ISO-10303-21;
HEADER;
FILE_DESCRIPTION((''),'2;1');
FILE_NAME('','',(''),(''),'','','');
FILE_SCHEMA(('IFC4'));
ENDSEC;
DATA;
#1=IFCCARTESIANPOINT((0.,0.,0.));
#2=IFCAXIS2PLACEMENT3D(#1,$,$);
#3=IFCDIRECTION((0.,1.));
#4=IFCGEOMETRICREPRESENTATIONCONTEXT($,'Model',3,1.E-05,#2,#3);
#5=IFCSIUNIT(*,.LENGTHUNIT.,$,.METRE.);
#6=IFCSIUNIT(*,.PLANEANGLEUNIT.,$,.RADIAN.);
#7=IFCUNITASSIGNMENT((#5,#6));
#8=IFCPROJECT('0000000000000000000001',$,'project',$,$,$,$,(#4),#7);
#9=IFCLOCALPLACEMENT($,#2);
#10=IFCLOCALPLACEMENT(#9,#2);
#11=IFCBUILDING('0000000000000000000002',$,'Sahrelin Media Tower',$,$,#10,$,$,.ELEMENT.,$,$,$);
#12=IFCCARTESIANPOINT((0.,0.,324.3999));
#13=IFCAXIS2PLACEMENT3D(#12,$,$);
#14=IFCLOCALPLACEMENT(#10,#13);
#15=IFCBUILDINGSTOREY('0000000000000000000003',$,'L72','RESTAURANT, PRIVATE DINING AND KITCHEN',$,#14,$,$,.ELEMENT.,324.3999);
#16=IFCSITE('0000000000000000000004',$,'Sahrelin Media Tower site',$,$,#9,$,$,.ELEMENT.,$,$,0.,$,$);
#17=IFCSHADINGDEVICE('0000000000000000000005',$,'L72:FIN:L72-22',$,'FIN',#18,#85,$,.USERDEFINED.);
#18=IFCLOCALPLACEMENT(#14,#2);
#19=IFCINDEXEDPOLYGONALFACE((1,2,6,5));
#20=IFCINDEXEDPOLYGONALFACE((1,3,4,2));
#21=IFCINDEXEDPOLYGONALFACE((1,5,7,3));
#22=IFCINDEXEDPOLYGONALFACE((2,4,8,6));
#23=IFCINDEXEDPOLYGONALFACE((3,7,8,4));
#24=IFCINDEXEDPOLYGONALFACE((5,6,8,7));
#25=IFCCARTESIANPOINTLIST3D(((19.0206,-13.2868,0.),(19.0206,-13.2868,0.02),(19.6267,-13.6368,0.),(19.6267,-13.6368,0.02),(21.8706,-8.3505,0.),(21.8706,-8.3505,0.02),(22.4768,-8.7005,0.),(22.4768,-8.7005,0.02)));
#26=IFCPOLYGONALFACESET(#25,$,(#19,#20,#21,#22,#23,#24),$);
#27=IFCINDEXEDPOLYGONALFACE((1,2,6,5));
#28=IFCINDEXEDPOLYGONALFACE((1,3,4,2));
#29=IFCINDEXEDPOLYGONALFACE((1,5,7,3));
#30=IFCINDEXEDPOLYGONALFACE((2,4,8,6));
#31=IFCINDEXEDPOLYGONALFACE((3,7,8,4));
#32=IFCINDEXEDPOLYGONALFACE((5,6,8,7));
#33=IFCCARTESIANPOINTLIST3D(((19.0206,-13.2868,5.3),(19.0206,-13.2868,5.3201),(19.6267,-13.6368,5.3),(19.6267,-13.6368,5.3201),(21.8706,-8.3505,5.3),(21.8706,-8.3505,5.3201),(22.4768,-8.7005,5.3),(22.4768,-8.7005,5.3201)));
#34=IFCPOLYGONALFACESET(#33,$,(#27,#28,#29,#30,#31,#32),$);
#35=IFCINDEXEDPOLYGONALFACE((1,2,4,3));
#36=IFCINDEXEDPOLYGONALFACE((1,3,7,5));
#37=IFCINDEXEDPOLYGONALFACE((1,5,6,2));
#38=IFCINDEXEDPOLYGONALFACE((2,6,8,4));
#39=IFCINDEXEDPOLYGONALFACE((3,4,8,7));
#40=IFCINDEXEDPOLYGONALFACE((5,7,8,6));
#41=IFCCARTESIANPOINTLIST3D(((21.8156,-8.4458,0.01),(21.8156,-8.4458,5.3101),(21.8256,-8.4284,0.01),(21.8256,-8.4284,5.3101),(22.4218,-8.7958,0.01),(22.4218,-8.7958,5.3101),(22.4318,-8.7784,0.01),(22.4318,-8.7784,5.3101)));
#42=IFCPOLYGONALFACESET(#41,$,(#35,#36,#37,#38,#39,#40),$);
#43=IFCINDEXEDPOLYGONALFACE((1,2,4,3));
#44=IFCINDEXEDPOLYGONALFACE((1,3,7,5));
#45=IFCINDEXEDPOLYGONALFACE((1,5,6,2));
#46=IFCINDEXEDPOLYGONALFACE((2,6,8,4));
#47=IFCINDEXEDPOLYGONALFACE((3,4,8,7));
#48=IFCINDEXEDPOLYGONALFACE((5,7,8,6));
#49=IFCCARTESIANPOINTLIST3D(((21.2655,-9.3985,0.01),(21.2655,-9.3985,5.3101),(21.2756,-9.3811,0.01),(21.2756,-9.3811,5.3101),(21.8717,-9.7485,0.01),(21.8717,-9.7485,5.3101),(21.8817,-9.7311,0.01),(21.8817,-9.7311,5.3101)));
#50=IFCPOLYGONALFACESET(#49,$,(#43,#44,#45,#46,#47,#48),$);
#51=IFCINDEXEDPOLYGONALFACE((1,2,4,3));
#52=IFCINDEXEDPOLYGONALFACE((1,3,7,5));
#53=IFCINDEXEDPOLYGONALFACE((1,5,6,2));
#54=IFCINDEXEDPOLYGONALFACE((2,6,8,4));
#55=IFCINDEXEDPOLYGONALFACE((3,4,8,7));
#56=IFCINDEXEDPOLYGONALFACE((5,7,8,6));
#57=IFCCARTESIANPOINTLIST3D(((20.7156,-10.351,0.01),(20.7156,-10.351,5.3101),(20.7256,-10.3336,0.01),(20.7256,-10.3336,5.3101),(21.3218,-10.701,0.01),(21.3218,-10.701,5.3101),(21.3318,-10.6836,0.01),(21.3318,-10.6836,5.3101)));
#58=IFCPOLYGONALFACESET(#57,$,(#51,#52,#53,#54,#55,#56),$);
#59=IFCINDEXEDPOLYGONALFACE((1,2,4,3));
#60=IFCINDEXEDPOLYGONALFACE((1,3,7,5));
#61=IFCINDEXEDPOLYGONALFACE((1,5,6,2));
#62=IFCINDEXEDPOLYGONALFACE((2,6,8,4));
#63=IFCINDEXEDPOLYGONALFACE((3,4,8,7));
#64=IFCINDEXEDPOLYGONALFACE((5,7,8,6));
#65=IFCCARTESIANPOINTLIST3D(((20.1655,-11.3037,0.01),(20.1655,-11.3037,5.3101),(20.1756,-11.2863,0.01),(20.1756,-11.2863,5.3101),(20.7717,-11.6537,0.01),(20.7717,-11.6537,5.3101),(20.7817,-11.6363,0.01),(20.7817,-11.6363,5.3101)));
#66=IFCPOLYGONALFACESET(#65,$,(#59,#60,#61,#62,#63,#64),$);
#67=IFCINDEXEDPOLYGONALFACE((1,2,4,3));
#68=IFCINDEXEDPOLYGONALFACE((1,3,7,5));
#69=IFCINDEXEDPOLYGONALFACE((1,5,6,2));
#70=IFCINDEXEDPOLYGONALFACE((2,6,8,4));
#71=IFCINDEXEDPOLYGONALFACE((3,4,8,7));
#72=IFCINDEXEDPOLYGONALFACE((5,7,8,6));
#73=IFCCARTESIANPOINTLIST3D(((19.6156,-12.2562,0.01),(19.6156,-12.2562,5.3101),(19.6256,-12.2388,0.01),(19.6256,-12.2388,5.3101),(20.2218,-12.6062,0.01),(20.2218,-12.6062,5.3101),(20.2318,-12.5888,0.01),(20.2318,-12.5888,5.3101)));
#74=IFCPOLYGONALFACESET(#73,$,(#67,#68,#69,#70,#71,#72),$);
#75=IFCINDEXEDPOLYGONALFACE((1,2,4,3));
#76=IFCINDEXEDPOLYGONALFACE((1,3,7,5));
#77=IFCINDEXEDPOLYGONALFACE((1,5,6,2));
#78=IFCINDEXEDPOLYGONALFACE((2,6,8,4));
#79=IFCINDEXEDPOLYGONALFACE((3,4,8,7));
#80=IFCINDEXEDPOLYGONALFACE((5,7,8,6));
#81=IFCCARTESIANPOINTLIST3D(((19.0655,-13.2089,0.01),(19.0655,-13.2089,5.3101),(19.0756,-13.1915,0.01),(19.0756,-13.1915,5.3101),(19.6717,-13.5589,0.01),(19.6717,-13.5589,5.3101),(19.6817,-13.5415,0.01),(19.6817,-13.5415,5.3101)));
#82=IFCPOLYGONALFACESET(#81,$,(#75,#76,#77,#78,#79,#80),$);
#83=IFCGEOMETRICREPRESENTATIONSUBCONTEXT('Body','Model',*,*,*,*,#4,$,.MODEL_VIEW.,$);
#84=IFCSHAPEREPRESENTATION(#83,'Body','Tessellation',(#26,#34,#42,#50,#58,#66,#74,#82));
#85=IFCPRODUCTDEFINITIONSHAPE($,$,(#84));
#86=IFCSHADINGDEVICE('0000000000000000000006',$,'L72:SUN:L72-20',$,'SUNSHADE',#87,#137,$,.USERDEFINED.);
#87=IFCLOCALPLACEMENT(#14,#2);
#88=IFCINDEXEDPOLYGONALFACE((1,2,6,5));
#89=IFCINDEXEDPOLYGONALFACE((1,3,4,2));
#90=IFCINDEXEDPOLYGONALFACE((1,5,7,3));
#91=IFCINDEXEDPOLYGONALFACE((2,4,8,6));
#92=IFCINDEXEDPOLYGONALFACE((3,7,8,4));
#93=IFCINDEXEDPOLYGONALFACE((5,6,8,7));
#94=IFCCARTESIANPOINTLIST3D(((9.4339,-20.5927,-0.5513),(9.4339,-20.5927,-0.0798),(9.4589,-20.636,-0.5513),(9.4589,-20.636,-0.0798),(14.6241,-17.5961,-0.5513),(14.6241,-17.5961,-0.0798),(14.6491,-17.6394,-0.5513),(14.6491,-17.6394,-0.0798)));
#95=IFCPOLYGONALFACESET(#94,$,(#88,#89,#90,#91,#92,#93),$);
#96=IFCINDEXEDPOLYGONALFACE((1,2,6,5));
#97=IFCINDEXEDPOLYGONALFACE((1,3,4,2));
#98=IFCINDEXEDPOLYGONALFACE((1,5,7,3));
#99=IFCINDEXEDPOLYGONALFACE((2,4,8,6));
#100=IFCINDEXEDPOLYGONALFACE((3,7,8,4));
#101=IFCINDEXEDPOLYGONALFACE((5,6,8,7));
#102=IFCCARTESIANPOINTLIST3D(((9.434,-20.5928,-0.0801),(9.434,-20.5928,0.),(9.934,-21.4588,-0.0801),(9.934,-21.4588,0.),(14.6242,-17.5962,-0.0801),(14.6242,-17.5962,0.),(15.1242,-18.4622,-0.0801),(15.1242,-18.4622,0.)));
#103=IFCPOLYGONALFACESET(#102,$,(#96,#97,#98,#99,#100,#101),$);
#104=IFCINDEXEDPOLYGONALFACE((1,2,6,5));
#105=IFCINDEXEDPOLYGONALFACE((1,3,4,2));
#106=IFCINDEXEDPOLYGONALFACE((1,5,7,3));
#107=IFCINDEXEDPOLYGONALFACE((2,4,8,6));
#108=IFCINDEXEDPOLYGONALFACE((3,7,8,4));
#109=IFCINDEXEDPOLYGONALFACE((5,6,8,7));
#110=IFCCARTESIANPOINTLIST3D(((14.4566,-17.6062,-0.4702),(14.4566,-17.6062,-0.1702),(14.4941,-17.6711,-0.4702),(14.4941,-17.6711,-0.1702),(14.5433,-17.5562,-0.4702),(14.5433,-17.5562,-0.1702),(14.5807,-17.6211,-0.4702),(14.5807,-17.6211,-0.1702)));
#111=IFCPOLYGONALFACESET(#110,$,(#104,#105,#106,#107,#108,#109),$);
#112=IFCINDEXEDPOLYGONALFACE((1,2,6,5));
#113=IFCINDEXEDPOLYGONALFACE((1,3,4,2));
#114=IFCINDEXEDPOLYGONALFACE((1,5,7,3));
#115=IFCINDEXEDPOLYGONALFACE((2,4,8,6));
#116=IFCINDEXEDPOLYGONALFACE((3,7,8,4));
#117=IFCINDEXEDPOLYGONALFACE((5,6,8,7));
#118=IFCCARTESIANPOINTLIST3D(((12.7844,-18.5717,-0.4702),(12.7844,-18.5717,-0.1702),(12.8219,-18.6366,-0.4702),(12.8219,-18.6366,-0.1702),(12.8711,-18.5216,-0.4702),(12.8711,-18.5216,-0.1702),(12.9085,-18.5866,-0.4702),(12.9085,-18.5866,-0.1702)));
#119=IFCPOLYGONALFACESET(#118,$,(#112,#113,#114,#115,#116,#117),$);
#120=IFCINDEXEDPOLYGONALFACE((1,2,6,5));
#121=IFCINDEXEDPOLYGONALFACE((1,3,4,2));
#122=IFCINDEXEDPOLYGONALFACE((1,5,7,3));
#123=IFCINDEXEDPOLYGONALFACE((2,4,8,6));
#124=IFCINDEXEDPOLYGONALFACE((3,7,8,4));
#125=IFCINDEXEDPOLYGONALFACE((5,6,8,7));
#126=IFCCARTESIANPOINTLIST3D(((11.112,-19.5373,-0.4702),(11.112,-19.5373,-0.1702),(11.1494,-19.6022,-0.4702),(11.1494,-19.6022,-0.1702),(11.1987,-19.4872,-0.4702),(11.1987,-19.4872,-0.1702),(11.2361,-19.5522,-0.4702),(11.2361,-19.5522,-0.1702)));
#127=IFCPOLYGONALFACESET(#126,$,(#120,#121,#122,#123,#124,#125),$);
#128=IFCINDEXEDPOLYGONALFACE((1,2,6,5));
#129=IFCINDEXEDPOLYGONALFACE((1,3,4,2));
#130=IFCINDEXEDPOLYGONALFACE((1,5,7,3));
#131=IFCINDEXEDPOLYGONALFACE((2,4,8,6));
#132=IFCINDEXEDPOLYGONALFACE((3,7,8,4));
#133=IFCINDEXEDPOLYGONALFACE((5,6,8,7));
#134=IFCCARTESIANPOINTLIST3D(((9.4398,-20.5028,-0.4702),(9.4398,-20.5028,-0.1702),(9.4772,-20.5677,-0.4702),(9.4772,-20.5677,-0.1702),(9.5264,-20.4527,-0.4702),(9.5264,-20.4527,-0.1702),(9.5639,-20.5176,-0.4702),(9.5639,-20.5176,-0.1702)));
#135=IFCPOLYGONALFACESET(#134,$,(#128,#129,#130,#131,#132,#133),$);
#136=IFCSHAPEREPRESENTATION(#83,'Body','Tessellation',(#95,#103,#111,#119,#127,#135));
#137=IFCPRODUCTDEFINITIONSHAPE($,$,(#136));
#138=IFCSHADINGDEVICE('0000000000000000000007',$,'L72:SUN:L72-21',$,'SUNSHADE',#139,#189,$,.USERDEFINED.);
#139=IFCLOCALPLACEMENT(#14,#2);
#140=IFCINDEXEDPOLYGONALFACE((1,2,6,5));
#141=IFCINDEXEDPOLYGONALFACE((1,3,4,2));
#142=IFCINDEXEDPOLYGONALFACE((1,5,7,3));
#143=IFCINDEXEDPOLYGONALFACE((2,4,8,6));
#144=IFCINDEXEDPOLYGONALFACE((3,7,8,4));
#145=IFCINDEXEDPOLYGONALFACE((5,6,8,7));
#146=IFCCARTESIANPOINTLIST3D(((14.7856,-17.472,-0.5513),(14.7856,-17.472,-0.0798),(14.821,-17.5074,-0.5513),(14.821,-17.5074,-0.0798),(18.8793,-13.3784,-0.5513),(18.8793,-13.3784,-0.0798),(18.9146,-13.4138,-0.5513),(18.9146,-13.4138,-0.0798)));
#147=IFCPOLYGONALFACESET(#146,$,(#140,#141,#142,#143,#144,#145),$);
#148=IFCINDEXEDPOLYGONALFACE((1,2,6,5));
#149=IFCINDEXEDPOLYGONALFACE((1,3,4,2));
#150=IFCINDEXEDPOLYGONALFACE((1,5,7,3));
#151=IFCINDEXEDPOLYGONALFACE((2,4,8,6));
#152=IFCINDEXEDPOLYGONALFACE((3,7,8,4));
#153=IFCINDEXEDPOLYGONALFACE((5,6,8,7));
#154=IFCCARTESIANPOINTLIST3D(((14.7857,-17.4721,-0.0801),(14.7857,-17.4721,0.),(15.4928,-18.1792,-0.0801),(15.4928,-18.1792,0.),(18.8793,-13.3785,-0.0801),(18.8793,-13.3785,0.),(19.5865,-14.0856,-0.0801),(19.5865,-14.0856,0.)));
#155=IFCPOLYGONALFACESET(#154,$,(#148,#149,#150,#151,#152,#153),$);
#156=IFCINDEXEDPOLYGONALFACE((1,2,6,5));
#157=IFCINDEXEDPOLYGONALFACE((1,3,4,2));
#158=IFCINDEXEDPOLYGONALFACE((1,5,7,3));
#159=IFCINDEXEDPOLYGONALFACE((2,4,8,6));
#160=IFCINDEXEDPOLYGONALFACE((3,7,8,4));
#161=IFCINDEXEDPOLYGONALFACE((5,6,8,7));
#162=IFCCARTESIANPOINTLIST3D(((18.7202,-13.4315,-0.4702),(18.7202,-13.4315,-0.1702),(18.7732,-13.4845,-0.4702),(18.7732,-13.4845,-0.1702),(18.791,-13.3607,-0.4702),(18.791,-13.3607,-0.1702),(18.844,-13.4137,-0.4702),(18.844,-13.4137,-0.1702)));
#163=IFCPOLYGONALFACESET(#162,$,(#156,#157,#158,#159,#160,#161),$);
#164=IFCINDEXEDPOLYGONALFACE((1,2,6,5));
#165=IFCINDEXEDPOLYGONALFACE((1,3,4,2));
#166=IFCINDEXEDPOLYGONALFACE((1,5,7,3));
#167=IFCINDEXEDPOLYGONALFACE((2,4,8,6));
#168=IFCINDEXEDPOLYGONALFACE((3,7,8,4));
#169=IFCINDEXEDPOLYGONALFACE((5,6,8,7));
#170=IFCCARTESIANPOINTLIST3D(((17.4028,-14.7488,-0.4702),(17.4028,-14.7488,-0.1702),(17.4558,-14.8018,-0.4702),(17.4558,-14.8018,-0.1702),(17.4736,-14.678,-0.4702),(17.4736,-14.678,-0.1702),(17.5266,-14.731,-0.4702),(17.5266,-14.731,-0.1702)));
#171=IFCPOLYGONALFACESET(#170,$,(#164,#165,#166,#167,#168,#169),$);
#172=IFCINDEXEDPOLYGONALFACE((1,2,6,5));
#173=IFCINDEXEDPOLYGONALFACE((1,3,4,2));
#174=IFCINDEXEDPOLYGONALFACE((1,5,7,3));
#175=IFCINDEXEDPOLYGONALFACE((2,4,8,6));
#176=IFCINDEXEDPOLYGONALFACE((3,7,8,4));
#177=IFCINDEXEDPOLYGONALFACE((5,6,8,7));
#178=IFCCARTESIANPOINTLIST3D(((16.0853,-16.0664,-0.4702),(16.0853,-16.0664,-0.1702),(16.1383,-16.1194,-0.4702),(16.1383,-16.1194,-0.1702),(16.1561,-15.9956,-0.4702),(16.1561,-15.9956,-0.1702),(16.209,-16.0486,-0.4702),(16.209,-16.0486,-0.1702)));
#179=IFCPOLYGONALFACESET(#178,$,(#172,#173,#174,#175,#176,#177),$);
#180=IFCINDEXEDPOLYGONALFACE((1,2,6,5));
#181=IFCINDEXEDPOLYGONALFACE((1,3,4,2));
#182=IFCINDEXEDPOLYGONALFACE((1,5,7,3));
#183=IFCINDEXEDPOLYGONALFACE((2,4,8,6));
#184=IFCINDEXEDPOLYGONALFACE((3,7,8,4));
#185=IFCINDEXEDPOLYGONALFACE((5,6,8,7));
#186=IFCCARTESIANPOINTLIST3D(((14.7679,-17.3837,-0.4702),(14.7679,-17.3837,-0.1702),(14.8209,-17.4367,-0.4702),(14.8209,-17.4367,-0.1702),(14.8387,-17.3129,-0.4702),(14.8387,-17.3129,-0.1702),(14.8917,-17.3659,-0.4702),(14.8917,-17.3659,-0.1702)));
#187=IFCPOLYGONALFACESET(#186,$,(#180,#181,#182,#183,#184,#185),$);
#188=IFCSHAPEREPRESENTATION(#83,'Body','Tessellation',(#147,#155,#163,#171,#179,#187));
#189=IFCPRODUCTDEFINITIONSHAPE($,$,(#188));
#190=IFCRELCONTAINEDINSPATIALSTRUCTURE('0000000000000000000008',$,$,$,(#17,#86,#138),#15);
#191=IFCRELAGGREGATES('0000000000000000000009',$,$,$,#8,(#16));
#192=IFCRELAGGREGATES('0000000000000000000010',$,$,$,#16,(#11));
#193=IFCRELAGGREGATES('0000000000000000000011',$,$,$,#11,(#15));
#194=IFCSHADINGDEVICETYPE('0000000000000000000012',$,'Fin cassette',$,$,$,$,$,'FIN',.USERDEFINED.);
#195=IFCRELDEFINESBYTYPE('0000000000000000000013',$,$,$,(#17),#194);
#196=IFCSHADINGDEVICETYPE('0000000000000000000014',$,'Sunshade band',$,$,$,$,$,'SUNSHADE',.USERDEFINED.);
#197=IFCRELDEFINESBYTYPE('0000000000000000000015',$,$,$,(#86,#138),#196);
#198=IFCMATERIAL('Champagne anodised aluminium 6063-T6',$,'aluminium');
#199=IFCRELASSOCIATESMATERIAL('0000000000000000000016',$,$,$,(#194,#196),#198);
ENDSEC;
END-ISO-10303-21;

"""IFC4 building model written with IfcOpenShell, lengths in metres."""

from ifc_helpers import new_model, si_unit, direction, frame, origin, origin_2d, place, context, subcontext, project, spatial, rectangle, extrude, material, type_object, element, save


model = new_model("IFC4")

# Units and contexts
model_context = context("Model", 3, precision=1e-05, world=origin(), true_north=direction((0.0, 1.0)))
body_context = subcontext(model_context, "Body", "Model", "MODEL_VIEW")
ifc_project = project(units=[si_unit("LENGTHUNIT", "METRE"), si_unit("PLANEANGLEUNIT", "RADIAN")], contexts=[model_context])

# Site, building, storey
site_placement = place(None, origin())
site = spatial("IfcSite", under=ifc_project, at=site_placement, Name="Sahrelin Media Tower site", CompositionType="ELEMENT", RefElevation=0.0)
building_placement = place(site_placement, origin())
building = spatial("IfcBuilding", under=site, at=building_placement, Name="Sahrelin Media Tower", CompositionType="ELEMENT")
storey_placement = place(building_placement, frame((0.0, 0.0, 324.3999)))
storey = spatial("IfcBuildingStorey", under=building, at=storey_placement, Name="L72", Description="RESTAURANT, PRIVATE DINING AND KITCHEN", CompositionType="ELEMENT", Elevation=324.3999)

# Shared definitions
ifc_material_1 = material(Name="Champagne anodised aluminium 6063-T6", Category="aluminium")

# Shading devices
shading_device_type_1 = type_object("IfcShadingDeviceType", Name="Fin cassette", ElementType="FIN", PredefinedType="USERDEFINED", material=ifc_material_1)
placement_1 = place(storey_placement, frame((12.019, -19.0771, 0.0), z_axis=(0.0, 0.0, 1.0), x_axis=(-0.866019, -0.500011, 0.0)))
placement_2 = place(storey_placement, frame((16.8184, -15.4111, 0.0), z_axis=(0.0, 0.0, 1.0), x_axis=(-0.707107, -0.707107, 0.0)))
placement_3 = place(storey_placement, frame((20.385, -10.7837, 0.0), z_axis=(0.0, 0.0, 1.0), x_axis=(-0.500011, -0.866019, 0.0)))
element("IfcShadingDevice", 1, at=placement_3, inside=storey, type_object=shading_device_type_1, Name="L72:FIN:L72-22", ObjectType="FIN", PredefinedType="USERDEFINED", context=body_context, shape_type="SweptSolid", body=[
    extrude(rectangle(XDim=5.7, YDim=0.7, at=origin_2d()), frame((0.0, 0.4199, 0.0)), (0.0, 0.0, 1.0), 0.02),
    extrude(rectangle(XDim=5.7, YDim=0.7, at=origin_2d()), frame((0.0, 0.4199, 5.3)), (0.0, 0.0, 1.0), 0.02),
    extrude(rectangle(XDim=0.02, YDim=0.7, at=origin_2d()), frame((-2.75, 0.4199, 0.01), z_axis=(0.0, 0.0, 1.0), x_axis=(1.0, 0.0, 0.0)), (0.0, 0.0, 1.0), 5.3),
    extrude(rectangle(XDim=0.02, YDim=0.7, at=origin_2d()), frame((-1.6499, 0.4199, 0.01), z_axis=(0.0, 0.0, 1.0), x_axis=(1.0, 0.0, 0.0)), (0.0, 0.0, 1.0), 5.3),
    extrude(rectangle(XDim=0.02, YDim=0.7, at=origin_2d()), frame((-0.55, 0.4199, 0.01), z_axis=(0.0, 0.0, 1.0), x_axis=(1.0, 0.0, 0.0)), (0.0, 0.0, 1.0), 5.3),
    extrude(rectangle(XDim=0.02, YDim=0.7, at=origin_2d()), frame((0.55, 0.4199, 0.01), z_axis=(0.0, 0.0, 1.0), x_axis=(1.0, 0.0, 0.0)), (0.0, 0.0, 1.0), 5.3),
    extrude(rectangle(XDim=0.02, YDim=0.7, at=origin_2d()), frame((1.6499, 0.4199, 0.01), z_axis=(0.0, 0.0, 1.0), x_axis=(1.0, 0.0, 0.0)), (0.0, 0.0, 1.0), 5.3),
    extrude(rectangle(XDim=0.02, YDim=0.7, at=origin_2d()), frame((2.75, 0.4199, 0.01), z_axis=(0.0, 0.0, 1.0), x_axis=(1.0, 0.0, 0.0)), (0.0, 0.0, 1.0), 5.3),
])
shading_device_type_2 = type_object("IfcShadingDeviceType", Name="Sunshade band", ElementType="SUNSHADE", PredefinedType="USERDEFINED", material=ifc_material_1)
element("IfcShadingDevice", 2, at=placement_1, inside=storey, type_object=shading_device_type_2, Name="L72:SUN:L72-20", ObjectType="SUNSHADE", PredefinedType="USERDEFINED", context=body_context, shape_type="SweptSolid", body=[
    extrude(rectangle(XDim=5.9932, YDim=0.05, at=origin_2d()), frame((0.0, 0.0449, -0.5513)), (0.0, 0.0, 1.0), 0.4714),
    extrude(rectangle(XDim=5.9932, YDim=1.0, at=origin_2d()), frame((0.0, 0.52, -0.0801)), (0.0, 0.0, 1.0), 0.0801),
    extrude(rectangle(XDim=0.1001, YDim=0.075, at=origin_2d()), frame((-2.8965, -0.0176, -0.4702)), (0.0, 0.0, 1.0), 0.3),
    extrude(rectangle(XDim=0.1001, YDim=0.075, at=origin_2d()), frame((-0.9656, -0.0176, -0.4702)), (0.0, 0.0, 1.0), 0.3),
    extrude(rectangle(XDim=0.1001, YDim=0.075, at=origin_2d()), frame((0.9656, -0.0176, -0.4702)), (0.0, 0.0, 1.0), 0.3),
    extrude(rectangle(XDim=0.1001, YDim=0.075, at=origin_2d()), frame((2.8965, -0.0176, -0.4702)), (0.0, 0.0, 1.0), 0.3),
])
element("IfcShadingDevice", 3, at=placement_2, inside=storey, type_object=shading_device_type_2, Name="L72:SUN:L72-21", ObjectType="SUNSHADE", PredefinedType="USERDEFINED", context=body_context, shape_type="SweptSolid", body=[
    extrude(rectangle(XDim=5.7893, YDim=0.05, at=origin_2d()), frame((0.0, 0.0449, -0.5513)), (0.0, 0.0, 1.0), 0.4714),
    extrude(rectangle(XDim=5.7893, YDim=1.0, at=origin_2d()), frame((0.0, 0.52, -0.0801)), (0.0, 0.0, 1.0), 0.0801),
    extrude(rectangle(XDim=0.1001, YDim=0.075, at=origin_2d()), frame((-2.7947, -0.0176, -0.4702)), (0.0, 0.0, 1.0), 0.3),
    extrude(rectangle(XDim=0.1001, YDim=0.075, at=origin_2d()), frame((-0.9316, -0.0176, -0.4702)), (0.0, 0.0, 1.0), 0.3),
    extrude(rectangle(XDim=0.1001, YDim=0.075, at=origin_2d()), frame((0.9316, -0.0176, -0.4702)), (0.0, 0.0, 1.0), 0.3),
    extrude(rectangle(XDim=0.1001, YDim=0.075, at=origin_2d()), frame((2.7947, -0.0176, -0.4702)), (0.0, 0.0, 1.0), 0.3),
])

save(model, "model.ifc")
